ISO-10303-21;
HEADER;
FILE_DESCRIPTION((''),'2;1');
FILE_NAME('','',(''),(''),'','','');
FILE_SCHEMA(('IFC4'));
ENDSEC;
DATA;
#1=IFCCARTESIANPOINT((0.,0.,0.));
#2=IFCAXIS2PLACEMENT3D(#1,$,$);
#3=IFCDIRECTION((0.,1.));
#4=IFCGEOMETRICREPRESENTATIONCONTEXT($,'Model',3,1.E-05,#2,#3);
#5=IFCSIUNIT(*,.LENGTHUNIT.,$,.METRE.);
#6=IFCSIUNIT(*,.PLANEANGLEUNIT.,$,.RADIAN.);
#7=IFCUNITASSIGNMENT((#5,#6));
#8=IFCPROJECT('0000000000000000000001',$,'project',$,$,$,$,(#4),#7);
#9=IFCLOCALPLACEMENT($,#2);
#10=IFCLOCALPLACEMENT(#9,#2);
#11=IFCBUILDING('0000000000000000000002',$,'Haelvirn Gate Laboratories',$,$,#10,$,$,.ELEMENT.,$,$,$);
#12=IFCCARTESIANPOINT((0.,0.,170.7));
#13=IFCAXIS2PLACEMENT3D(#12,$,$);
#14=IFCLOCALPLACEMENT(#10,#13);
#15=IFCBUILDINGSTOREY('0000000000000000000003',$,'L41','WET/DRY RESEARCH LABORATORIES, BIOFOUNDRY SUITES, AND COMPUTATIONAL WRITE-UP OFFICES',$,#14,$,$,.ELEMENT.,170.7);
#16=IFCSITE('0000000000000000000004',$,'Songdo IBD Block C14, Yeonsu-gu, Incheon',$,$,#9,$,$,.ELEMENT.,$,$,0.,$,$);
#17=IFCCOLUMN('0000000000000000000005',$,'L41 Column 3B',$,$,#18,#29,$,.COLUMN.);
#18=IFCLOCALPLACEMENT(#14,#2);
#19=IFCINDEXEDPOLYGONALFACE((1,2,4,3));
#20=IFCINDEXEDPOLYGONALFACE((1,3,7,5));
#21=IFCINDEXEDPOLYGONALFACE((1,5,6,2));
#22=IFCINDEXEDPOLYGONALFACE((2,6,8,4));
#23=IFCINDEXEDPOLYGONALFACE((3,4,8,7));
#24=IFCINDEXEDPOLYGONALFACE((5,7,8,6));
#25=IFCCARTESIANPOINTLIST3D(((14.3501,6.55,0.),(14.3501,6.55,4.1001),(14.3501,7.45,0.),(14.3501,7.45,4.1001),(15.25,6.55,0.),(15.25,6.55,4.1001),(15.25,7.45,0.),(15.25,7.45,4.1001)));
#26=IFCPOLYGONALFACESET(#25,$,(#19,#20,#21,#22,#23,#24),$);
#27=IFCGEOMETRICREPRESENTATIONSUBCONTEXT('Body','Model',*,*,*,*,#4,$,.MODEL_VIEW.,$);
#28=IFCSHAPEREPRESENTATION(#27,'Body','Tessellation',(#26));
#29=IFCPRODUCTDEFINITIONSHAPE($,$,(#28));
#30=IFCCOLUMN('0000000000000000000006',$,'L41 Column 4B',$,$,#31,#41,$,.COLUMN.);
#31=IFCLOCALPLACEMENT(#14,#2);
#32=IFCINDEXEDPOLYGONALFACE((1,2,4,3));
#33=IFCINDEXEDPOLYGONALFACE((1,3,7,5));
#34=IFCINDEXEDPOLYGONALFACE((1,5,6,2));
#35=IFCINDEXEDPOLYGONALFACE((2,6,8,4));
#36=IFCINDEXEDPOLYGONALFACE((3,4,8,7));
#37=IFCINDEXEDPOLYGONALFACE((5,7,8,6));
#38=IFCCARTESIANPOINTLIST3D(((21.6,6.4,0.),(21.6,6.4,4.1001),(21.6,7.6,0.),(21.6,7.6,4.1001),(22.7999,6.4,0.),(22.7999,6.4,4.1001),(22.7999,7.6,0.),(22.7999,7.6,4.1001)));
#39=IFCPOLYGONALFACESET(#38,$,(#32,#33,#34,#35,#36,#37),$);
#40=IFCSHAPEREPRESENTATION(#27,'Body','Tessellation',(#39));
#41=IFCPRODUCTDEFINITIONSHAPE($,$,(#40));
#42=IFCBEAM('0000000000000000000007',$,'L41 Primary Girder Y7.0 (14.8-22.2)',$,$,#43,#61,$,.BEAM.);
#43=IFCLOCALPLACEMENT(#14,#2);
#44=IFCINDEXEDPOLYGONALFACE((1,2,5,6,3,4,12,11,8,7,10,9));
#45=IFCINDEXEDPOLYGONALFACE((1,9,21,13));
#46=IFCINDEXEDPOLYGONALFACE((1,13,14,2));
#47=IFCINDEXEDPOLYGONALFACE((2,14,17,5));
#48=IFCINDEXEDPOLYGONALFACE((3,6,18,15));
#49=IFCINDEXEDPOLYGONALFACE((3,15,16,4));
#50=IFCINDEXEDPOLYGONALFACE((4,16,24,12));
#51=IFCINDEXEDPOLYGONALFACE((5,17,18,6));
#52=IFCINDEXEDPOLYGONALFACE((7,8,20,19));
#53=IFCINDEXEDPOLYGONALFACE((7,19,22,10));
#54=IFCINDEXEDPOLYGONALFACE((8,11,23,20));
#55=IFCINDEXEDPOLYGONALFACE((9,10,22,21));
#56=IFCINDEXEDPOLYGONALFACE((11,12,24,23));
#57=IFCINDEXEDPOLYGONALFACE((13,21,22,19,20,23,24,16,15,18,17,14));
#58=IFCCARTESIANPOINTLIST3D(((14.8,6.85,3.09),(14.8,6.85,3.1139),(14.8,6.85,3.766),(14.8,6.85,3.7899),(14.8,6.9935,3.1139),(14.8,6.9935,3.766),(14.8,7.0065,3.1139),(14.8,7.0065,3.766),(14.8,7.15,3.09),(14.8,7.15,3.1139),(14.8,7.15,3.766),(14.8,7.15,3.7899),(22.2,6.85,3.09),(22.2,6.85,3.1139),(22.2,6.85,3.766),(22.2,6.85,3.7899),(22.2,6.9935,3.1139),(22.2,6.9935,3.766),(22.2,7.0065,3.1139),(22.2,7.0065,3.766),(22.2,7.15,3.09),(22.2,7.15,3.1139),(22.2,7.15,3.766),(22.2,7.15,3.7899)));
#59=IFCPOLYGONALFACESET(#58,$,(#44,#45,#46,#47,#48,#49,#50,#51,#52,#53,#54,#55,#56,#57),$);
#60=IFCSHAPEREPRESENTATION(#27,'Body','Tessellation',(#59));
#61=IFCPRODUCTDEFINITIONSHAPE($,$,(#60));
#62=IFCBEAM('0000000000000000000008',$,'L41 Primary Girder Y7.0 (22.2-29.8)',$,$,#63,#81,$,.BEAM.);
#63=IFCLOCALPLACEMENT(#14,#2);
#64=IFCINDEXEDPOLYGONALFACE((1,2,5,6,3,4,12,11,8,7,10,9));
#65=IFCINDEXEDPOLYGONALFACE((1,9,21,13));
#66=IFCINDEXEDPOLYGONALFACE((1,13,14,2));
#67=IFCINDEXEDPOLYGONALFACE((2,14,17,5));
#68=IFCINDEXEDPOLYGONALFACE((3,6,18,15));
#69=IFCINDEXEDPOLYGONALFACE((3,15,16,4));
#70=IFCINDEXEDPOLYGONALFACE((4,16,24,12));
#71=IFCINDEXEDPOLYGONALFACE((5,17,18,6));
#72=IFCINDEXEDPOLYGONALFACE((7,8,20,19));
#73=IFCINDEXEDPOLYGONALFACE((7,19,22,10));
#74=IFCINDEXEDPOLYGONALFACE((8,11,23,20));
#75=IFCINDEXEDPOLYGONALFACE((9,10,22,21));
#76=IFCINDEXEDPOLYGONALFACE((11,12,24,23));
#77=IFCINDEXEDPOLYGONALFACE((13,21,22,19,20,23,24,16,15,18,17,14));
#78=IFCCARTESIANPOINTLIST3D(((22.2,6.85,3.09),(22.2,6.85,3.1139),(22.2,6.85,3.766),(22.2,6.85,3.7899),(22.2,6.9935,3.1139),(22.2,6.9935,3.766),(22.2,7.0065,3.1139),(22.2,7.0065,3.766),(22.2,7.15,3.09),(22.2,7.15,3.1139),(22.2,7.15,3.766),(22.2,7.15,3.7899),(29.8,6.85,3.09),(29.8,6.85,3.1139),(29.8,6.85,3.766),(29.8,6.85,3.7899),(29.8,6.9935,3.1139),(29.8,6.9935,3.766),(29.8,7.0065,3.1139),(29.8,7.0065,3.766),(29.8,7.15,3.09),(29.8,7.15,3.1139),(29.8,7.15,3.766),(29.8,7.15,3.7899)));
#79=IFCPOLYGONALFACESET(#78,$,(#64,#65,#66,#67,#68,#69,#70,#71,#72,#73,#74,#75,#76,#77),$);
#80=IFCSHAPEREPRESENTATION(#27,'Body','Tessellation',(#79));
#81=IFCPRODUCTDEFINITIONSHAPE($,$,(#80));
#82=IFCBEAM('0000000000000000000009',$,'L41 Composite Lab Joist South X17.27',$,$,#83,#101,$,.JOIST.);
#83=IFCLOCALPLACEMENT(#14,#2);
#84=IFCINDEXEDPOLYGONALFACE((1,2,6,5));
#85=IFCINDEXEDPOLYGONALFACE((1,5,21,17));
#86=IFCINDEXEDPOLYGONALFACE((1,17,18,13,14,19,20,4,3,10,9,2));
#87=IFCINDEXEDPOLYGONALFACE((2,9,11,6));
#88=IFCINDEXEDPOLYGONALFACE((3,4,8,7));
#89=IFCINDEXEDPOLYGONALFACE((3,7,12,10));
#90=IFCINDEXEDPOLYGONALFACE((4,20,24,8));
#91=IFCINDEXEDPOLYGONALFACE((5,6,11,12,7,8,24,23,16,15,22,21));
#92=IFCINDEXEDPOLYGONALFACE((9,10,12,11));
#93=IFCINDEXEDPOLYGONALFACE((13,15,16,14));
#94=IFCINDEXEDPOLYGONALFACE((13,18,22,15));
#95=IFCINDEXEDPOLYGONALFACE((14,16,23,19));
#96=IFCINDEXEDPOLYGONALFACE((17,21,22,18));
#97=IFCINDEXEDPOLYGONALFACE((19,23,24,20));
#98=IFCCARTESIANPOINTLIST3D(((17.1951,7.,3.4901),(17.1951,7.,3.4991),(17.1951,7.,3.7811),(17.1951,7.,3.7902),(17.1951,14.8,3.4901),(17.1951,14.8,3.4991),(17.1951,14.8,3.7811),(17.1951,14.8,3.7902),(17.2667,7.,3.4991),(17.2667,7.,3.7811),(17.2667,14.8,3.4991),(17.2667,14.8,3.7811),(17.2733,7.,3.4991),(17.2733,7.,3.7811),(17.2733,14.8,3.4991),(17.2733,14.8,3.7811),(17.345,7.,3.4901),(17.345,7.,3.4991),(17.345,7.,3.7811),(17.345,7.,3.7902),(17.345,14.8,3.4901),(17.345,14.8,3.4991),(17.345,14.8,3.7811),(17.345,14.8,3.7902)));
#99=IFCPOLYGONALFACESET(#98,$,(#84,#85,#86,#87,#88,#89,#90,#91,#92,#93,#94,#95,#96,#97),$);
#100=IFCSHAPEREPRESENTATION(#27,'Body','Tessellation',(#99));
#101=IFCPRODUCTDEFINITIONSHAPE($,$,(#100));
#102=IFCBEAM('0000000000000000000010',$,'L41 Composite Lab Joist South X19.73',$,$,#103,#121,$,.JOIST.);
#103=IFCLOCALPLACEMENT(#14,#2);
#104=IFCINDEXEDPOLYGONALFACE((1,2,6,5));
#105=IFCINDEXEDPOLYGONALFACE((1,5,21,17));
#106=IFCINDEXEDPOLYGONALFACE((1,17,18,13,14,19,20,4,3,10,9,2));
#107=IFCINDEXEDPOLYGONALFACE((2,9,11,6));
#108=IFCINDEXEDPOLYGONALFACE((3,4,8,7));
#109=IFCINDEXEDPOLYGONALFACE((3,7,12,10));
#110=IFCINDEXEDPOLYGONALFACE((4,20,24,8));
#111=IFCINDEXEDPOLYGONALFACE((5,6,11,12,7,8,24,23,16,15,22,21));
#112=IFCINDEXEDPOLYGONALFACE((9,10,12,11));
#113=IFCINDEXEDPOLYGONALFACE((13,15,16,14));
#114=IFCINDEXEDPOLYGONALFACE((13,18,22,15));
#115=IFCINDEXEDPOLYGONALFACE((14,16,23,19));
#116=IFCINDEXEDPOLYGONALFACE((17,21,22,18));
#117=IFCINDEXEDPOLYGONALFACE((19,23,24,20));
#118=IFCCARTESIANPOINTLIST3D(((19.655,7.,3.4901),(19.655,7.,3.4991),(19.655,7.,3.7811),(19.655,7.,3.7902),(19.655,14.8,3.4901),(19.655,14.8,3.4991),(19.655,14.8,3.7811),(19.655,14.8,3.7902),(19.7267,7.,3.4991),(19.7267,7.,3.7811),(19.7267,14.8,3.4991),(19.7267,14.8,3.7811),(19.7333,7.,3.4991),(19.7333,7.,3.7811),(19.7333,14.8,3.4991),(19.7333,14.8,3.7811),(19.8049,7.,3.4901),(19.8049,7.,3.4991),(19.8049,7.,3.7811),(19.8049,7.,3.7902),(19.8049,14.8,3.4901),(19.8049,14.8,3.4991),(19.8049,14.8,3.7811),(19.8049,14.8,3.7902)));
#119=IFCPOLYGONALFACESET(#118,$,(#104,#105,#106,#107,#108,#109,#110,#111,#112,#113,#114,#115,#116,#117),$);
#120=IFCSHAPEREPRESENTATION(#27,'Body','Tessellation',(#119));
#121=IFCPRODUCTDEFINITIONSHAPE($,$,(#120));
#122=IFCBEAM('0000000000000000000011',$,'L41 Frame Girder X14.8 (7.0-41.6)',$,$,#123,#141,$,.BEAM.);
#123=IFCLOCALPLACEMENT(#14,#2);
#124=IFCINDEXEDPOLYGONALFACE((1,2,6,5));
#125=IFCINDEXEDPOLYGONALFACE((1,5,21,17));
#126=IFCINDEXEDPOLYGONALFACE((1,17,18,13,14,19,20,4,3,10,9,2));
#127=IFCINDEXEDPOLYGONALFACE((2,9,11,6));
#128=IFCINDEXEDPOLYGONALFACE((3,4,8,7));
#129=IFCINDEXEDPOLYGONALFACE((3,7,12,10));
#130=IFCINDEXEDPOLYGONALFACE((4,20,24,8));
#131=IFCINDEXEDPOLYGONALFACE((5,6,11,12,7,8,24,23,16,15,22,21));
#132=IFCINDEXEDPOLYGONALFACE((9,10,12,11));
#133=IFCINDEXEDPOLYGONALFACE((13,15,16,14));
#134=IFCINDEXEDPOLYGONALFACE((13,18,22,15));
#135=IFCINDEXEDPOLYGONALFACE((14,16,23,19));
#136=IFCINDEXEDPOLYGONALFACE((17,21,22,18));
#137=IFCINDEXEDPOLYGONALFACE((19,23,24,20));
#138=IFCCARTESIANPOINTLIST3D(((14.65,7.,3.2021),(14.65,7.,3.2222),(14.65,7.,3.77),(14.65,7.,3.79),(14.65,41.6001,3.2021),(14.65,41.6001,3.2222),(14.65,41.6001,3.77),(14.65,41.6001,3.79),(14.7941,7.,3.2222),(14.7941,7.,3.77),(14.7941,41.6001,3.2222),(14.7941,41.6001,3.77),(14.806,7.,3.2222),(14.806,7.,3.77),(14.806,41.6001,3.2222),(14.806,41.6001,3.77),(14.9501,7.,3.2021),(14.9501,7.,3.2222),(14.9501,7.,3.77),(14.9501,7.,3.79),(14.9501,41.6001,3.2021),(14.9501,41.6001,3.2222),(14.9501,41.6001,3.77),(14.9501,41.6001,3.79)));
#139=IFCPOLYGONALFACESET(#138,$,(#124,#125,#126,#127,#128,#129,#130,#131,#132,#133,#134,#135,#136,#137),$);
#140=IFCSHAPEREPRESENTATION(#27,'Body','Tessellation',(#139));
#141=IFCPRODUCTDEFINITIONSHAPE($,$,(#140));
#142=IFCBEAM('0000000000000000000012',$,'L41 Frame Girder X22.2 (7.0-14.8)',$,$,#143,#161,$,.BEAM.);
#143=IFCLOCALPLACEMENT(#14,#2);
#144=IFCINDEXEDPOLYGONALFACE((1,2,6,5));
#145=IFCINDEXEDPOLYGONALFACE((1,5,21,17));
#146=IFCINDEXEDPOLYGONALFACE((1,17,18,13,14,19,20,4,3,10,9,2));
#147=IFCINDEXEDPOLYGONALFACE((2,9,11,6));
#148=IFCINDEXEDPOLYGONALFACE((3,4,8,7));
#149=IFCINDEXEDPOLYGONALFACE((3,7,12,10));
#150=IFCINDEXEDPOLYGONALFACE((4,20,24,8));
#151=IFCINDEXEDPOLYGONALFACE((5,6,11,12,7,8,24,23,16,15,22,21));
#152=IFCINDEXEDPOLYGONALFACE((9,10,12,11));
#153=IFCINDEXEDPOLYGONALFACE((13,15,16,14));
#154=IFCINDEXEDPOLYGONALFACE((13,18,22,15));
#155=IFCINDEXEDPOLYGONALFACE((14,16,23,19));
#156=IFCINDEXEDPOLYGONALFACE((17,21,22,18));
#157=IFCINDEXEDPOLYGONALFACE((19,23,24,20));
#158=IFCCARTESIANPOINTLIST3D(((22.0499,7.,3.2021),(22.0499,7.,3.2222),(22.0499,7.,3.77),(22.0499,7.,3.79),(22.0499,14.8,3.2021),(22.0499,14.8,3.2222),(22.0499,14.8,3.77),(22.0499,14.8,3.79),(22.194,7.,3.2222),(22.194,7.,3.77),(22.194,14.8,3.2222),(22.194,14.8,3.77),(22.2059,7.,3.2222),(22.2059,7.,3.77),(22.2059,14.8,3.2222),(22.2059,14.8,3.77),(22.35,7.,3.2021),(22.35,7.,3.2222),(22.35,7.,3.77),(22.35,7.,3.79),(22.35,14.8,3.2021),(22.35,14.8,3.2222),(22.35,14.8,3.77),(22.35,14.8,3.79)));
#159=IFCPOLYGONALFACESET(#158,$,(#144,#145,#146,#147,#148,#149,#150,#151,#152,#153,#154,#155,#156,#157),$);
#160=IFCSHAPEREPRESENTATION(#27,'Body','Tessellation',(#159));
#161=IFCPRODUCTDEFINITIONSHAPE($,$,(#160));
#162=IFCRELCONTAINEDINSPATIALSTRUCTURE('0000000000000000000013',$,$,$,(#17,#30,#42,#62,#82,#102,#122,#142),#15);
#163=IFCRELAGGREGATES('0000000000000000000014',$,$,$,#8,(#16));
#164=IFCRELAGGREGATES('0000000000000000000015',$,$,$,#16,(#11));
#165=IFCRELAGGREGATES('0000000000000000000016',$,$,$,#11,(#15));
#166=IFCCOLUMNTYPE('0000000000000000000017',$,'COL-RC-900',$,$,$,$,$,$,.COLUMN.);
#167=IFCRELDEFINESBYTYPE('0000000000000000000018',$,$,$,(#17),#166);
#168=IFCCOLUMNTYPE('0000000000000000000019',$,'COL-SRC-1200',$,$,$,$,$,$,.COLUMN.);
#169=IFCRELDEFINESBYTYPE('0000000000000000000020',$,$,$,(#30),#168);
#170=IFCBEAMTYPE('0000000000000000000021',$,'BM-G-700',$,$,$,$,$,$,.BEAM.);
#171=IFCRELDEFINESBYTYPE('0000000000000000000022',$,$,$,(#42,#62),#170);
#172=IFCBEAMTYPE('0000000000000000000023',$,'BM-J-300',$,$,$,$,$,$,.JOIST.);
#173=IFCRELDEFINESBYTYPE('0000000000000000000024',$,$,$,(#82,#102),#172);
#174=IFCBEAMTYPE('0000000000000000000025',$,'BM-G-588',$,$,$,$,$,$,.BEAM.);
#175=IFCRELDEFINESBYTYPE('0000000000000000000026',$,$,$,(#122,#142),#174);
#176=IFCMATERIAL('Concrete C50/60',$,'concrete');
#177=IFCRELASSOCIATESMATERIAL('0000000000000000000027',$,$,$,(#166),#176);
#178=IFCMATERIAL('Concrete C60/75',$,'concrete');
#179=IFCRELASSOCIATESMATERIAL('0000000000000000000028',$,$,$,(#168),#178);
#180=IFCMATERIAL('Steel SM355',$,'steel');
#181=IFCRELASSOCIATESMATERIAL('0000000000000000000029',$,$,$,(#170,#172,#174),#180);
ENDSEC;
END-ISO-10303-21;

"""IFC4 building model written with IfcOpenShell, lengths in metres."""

from ifc_helpers import new_model, si_unit, direction, frame, origin, origin_2d, place, context, subcontext, project, spatial, rectangle, i_section, extrude, source, transform, mapped, material, material_profile, profile_set, type_object, type_shapes, element, save


model = new_model("IFC4")

# Units and contexts
model_context = context("Model", 3, precision=1e-05, world=origin(), true_north=direction((0.0, 1.0)))
body_context = subcontext(model_context, "Body", "Model", "MODEL_VIEW")
ifc_project = project(units=[si_unit("LENGTHUNIT", "METRE"), si_unit("PLANEANGLEUNIT", "RADIAN")], contexts=[model_context])

# Site, building, storey
site_placement = place(None, origin())
site = spatial("IfcSite", under=ifc_project, at=site_placement, Name="Songdo IBD Block C14, Yeonsu-gu, Incheon", CompositionType="ELEMENT", RefElevation=0.0)
building_placement = place(site_placement, origin())
building = spatial("IfcBuilding", under=site, at=building_placement, Name="Haelvirn Gate Laboratories", CompositionType="ELEMENT")
storey_placement = place(building_placement, frame((0.0, 0.0, 170.7)))
storey = spatial("IfcBuildingStorey", under=building, at=storey_placement, Name="L41", Description="WET/DRY RESEARCH LABORATORIES, BIOFOUNDRY SUITES, AND COMPUTATIONAL WRITE-UP OFFICES", CompositionType="ELEMENT", Elevation=170.7)

# Columns
ifc_material_1 = material(Name="Concrete C50/60", Category="concrete")
ifc_material_profile_1 = material_profile(ifc_material_1, rectangle(XDim=0.8999, YDim=0.8999, at=origin_2d()), Name="RC-900x900")
ifc_profile_set_1 = profile_set([ifc_material_profile_1], Name="Concrete C50/60")
column_type_1 = type_object("IfcColumnType", Name="COL-RC-900", PredefinedType="COLUMN", material=ifc_profile_set_1)
shared_shape_1 = source(origin(), body_context, "Body", "SweptSolid", [
    extrude(rectangle(XDim=0.8999, YDim=0.8999, at=origin_2d()), origin(), (0.0, 0.0, 1.0), 4.1001),
])
type_shapes(column_type_1, [shared_shape_1])
column_1_placement = place(storey_placement, frame((14.8, 7.0, 0.0), z_axis=(0.0, 0.0, 1.0), x_axis=(1.0, 0.0, 0.0)))
element("IfcColumn", 1, at=column_1_placement, inside=storey, type_object=column_type_1, Name="L41 Column 3B", PredefinedType="COLUMN", context=body_context, shape_type="MappedRepresentation", body=[
    mapped(shared_shape_1, transform((0.0, 0.0, 0.0), scale=1.0)),
])
ifc_material_2 = material(Name="Concrete C60/75", Category="concrete")
ifc_material_profile_2 = material_profile(ifc_material_2, rectangle(XDim=1.2, YDim=1.2, at=origin_2d()), Name="SRC-1200x1200")
ifc_profile_set_2 = profile_set([ifc_material_profile_2], Name="Concrete C60/75")
column_type_2 = type_object("IfcColumnType", Name="COL-SRC-1200", PredefinedType="COLUMN", material=ifc_profile_set_2)
shared_shape_2 = source(origin(), body_context, "Body", "SweptSolid", [
    extrude(rectangle(XDim=1.2, YDim=1.2, at=origin_2d()), origin(), (0.0, 0.0, 1.0), 4.1001),
])
type_shapes(column_type_2, [shared_shape_2])
column_2_placement = place(storey_placement, frame((22.2, 7.0, 0.0), z_axis=(0.0, 0.0, 1.0), x_axis=(1.0, 0.0, 0.0)))
element("IfcColumn", 2, at=column_2_placement, inside=storey, type_object=column_type_2, Name="L41 Column 4B", PredefinedType="COLUMN", context=body_context, shape_type="MappedRepresentation", body=[
    mapped(shared_shape_2, transform((0.0, 0.0, 0.0), scale=1.0)),
])

# Beams
ifc_material_3 = material(Name="Steel SM355", Category="steel")
ifc_material_profile_3 = material_profile(ifc_material_3, i_section(OverallWidth=0.3, OverallDepth=0.7, WebThickness=0.0129, FlangeThickness=0.0239, at=origin_2d()), Name="H-700x300x13x24")
ifc_profile_set_3 = profile_set([ifc_material_profile_3], Name="Steel SM355")
beam_type_1 = type_object("IfcBeamType", Name="BM-G-700", PredefinedType="BEAM", material=ifc_profile_set_3)
shared_shape_3 = source(origin(), body_context, "Body", "SweptSolid", [
    extrude(i_section(OverallWidth=0.3, OverallDepth=0.7, WebThickness=0.0129, FlangeThickness=0.0239, at=origin_2d()), origin(), (0.0, 0.0, 1.0), 7.3999),
])
beam_1_placement = place(storey_placement, frame((14.8, 7.0, 3.4399), z_axis=(1.0, 0.0, 0.0), x_axis=(0.0, 1.0, 0.0)))
element("IfcBeam", 3, at=beam_1_placement, inside=storey, type_object=beam_type_1, Name="L41 Primary Girder Y7.0 (14.8-22.2)", PredefinedType="BEAM", context=body_context, shape_type="MappedRepresentation", body=[
    mapped(shared_shape_3, transform((0.0, 0.0, 0.0), scale=1.0)),
])
shared_shape_4 = source(origin(), body_context, "Body", "SweptSolid", [
    extrude(i_section(OverallWidth=0.3, OverallDepth=0.7, WebThickness=0.0129, FlangeThickness=0.0239, at=origin_2d()), origin(), (0.0, 0.0, 1.0), 7.6001),
])
type_shapes(beam_type_1, [shared_shape_3, shared_shape_4])
beam_2_placement = place(storey_placement, frame((22.2, 7.0, 3.4399), z_axis=(1.0, 0.0, 0.0), x_axis=(0.0, 1.0, 0.0)))
element("IfcBeam", 4, at=beam_2_placement, inside=storey, type_object=beam_type_1, Name="L41 Primary Girder Y7.0 (22.2-29.8)", PredefinedType="BEAM", context=body_context, shape_type="MappedRepresentation", body=[
    mapped(shared_shape_4, transform((0.0, 0.0, 0.0), scale=1.0)),
])
ifc_material_profile_4 = material_profile(ifc_material_3, i_section(OverallWidth=0.1499, OverallDepth=0.3, WebThickness=0.0066, FlangeThickness=0.009, at=origin_2d()), Name="H-300x150x6.5x9")
ifc_profile_set_4 = profile_set([ifc_material_profile_4], Name="Steel SM355")
beam_type_2 = type_object("IfcBeamType", Name="BM-J-300", PredefinedType="JOIST", material=ifc_profile_set_4)
shared_shape_5 = source(origin(), body_context, "Body", "SweptSolid", [
    extrude(i_section(OverallWidth=0.1499, OverallDepth=0.3, WebThickness=0.0066, FlangeThickness=0.009, at=origin_2d()), origin(), (0.0, 0.0, 1.0), 7.8),
])
type_shapes(beam_type_2, [shared_shape_5])
for number, where, z_axis, x_axis, name in (
    (5, (17.27, 7.0, 3.6401), (0.0, 1.0, 0.0), (-1.0, 0.0, 0.0), "L41 Composite Lab Joist South X17.27"),
    (6, (19.73, 7.0, 3.6401), (0.0, 1.0, 0.0), (-1.0, 0.0, 0.0), "L41 Composite Lab Joist South X19.73"),
):
    element("IfcBeam", number, at=place(storey_placement, frame(where, z_axis=z_axis, x_axis=x_axis)), inside=storey, type_object=beam_type_2, Name=name, PredefinedType="JOIST", context=body_context, shape_type="MappedRepresentation", body=[
        mapped(shared_shape_5, transform((0.0, 0.0, 0.0), scale=1.0)),
    ])
ifc_material_profile_5 = material_profile(ifc_material_3, i_section(OverallWidth=0.3, OverallDepth=0.5879, WebThickness=0.012, FlangeThickness=0.02, at=origin_2d()), Name="H-588x300x12x20")
ifc_profile_set_5 = profile_set([ifc_material_profile_5], Name="Steel SM355")
beam_type_3 = type_object("IfcBeamType", Name="BM-G-588", PredefinedType="BEAM", material=ifc_profile_set_5)
shared_shape_6 = source(origin(), body_context, "Body", "SweptSolid", [
    extrude(i_section(OverallWidth=0.3, OverallDepth=0.5879, WebThickness=0.012, FlangeThickness=0.02, at=origin_2d()), origin(), (0.0, 0.0, 1.0), 34.6001),
])
beam_3_placement = place(storey_placement, frame((14.8, 7.0, 3.4961), z_axis=(0.0, 1.0, 0.0), x_axis=(-1.0, 0.0, 0.0)))
element("IfcBeam", 7, at=beam_3_placement, inside=storey, type_object=beam_type_3, Name="L41 Frame Girder X14.8 (7.0-41.6)", PredefinedType="BEAM", context=body_context, shape_type="MappedRepresentation", body=[
    mapped(shared_shape_6, transform((0.0, 0.0, 0.0), scale=1.0)),
])
shared_shape_7 = source(origin(), body_context, "Body", "SweptSolid", [
    extrude(i_section(OverallWidth=0.3, OverallDepth=0.5879, WebThickness=0.012, FlangeThickness=0.02, at=origin_2d()), origin(), (0.0, 0.0, 1.0), 7.8),
])
type_shapes(beam_type_3, [shared_shape_6, shared_shape_7])
beam_4_placement = place(storey_placement, frame((22.2, 7.0, 3.4961), z_axis=(0.0, 1.0, 0.0), x_axis=(-1.0, 0.0, 0.0)))
element("IfcBeam", 8, at=beam_4_placement, inside=storey, type_object=beam_type_3, Name="L41 Frame Girder X22.2 (7.0-14.8)", PredefinedType="BEAM", context=body_context, shape_type="MappedRepresentation", body=[
    mapped(shared_shape_7, transform((0.0, 0.0, 0.0), scale=1.0)),
])

save(model, "model.ifc")
